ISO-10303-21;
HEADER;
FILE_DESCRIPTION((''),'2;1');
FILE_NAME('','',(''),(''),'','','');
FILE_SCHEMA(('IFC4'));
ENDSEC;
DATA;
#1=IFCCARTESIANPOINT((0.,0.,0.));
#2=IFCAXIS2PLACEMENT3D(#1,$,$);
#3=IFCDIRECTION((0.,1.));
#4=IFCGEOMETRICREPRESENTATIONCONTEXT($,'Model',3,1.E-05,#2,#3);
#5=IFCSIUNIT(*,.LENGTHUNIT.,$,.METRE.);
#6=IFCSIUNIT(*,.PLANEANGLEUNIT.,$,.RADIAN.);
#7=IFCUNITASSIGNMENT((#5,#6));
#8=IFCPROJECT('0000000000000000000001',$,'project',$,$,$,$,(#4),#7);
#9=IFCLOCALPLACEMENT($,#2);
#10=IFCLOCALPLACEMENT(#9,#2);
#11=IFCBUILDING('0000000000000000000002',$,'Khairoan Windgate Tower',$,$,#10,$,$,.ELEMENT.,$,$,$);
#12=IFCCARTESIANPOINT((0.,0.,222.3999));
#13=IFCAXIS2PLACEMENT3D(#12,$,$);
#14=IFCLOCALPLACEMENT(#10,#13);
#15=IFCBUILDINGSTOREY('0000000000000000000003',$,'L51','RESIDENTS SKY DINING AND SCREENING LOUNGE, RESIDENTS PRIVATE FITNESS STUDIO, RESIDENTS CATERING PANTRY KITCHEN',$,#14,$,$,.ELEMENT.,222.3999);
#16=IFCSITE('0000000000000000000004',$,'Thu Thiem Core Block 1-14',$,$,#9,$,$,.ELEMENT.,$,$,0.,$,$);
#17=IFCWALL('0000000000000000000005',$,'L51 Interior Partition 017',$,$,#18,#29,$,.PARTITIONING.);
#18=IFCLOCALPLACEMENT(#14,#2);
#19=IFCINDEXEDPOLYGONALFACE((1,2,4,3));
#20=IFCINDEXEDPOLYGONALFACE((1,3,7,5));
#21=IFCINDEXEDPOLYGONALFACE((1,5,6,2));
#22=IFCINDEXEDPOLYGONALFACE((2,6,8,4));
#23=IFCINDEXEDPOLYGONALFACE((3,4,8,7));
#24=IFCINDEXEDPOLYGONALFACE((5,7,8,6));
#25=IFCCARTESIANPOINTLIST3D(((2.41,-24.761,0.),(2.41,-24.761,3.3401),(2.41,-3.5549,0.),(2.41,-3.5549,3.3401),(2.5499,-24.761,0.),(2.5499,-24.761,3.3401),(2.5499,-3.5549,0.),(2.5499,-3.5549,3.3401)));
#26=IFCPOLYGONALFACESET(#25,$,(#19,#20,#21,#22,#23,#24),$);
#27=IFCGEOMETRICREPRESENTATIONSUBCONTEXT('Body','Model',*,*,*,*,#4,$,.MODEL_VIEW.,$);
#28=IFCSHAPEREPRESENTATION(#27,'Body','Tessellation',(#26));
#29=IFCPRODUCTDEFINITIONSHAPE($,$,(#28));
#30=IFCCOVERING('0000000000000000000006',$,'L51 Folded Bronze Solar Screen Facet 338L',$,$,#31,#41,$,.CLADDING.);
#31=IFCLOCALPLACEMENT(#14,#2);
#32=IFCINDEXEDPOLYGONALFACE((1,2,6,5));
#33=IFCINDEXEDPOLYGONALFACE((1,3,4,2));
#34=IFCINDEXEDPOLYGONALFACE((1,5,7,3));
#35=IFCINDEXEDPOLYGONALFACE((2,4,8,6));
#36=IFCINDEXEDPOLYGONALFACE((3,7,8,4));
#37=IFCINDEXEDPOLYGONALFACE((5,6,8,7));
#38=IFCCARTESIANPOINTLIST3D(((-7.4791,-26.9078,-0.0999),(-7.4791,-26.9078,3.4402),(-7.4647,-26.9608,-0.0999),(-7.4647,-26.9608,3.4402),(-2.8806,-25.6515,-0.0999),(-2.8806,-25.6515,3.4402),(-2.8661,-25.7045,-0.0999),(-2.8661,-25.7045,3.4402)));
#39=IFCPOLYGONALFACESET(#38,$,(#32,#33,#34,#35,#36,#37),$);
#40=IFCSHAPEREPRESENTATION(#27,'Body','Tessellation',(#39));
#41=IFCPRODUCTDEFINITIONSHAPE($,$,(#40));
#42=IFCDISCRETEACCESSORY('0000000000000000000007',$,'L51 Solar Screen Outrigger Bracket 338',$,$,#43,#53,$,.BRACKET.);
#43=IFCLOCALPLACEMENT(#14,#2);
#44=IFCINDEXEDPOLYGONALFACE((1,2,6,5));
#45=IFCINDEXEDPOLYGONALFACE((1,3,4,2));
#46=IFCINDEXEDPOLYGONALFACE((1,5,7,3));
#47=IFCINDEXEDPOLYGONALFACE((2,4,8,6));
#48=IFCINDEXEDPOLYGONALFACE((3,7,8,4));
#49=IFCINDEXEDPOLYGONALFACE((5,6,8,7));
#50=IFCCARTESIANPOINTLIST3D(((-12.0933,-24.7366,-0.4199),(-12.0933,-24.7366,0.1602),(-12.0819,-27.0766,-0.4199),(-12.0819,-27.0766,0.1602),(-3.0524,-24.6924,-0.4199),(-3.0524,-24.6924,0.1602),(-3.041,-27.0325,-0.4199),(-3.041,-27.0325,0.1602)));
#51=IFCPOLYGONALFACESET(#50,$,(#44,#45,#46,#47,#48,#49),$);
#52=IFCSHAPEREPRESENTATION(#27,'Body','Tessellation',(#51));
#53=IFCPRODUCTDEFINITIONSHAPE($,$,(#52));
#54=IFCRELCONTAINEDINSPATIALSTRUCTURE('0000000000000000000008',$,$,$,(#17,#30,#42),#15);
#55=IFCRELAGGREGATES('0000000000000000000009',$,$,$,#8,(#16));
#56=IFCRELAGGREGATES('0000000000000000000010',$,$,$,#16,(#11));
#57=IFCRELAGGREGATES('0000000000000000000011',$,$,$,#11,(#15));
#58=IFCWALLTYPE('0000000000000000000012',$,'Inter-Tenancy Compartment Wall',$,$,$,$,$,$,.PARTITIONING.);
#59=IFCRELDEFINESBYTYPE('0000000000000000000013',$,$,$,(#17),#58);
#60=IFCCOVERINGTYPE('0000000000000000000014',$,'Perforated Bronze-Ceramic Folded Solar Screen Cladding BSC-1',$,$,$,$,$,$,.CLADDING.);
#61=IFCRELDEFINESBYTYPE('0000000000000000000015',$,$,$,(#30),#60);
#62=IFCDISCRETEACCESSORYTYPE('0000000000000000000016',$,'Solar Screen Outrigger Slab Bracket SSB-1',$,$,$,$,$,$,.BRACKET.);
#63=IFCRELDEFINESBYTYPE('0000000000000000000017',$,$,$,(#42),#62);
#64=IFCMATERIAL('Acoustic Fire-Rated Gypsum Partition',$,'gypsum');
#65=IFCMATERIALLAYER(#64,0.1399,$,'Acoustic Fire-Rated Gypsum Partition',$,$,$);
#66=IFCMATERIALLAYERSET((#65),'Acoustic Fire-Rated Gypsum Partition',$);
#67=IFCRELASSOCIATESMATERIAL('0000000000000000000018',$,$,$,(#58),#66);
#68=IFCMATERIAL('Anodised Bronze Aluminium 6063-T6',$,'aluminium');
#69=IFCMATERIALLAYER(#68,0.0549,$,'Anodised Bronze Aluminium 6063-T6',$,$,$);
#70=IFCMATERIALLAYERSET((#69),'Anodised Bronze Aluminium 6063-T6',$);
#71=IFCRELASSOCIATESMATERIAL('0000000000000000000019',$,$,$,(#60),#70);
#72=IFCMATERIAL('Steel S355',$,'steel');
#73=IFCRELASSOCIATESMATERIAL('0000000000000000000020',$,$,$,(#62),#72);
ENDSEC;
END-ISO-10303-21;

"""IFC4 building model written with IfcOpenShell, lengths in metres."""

from ifc_helpers import new_model, si_unit, direction, frame, frame_2d, origin, origin_2d, place, context, subcontext, project, spatial, rectangle, extrude, material, layer, layer_set, type_object, element, save


model = new_model("IFC4")

# Units and contexts
model_context = context("Model", 3, precision=1e-05, world=origin(), true_north=direction((0.0, 1.0)))
body_context = subcontext(model_context, "Body", "Model", "MODEL_VIEW")
ifc_project = project(units=[si_unit("LENGTHUNIT", "METRE"), si_unit("PLANEANGLEUNIT", "RADIAN")], contexts=[model_context])

# Site, building, storey
site_placement = place(None, origin())
site = spatial("IfcSite", under=ifc_project, at=site_placement, Name="Thu Thiem Core Block 1-14", CompositionType="ELEMENT", RefElevation=0.0)
building_placement = place(site_placement, origin())
building = spatial("IfcBuilding", under=site, at=building_placement, Name="Khairoan Windgate Tower", CompositionType="ELEMENT")
storey_placement = place(building_placement, frame((0.0, 0.0, 222.3999)))
storey = spatial("IfcBuildingStorey", under=building, at=storey_placement, Name="L51", Description="RESIDENTS SKY DINING AND SCREENING LOUNGE, RESIDENTS PRIVATE FITNESS STUDIO, RESIDENTS CATERING PANTRY KITCHEN", CompositionType="ELEMENT", Elevation=222.3999)

# Wall
ifc_material_1 = material(Name="Acoustic Fire-Rated Gypsum Partition", Category="gypsum")
ifc_layer_1 = layer(ifc_material_1, 0.1399, Name="Acoustic Fire-Rated Gypsum Partition")
ifc_layer_set_1 = layer_set([ifc_layer_1], Name="Acoustic Fire-Rated Gypsum Partition")
wall_type = type_object("IfcWallType", Name="Inter-Tenancy Compartment Wall", PredefinedType="PARTITIONING", material=ifc_layer_set_1)
wall_placement = place(storey_placement, frame((2.48, -24.761, 0.0), z_axis=(0.0, 0.0, 1.0), x_axis=(0.0, 1.0, 0.0)))
element("IfcWall", 1, at=wall_placement, inside=storey, type_object=wall_type, Name="L51 Interior Partition 017", PredefinedType="PARTITIONING", context=body_context, shape_type="SweptSolid", body=[
    extrude(rectangle(XDim=21.2061, YDim=0.1399, at=frame_2d((10.603, 0.0))), origin(), (0.0, 0.0, 1.0), 3.3401),
])

# Covering
ifc_material_2 = material(Name="Anodised Bronze Aluminium 6063-T6", Category="aluminium")
ifc_layer_2 = layer(ifc_material_2, 0.0549, Name="Anodised Bronze Aluminium 6063-T6")
ifc_layer_set_2 = layer_set([ifc_layer_2], Name="Anodised Bronze Aluminium 6063-T6")
covering_type = type_object("IfcCoveringType", Name="Perforated Bronze-Ceramic Folded Solar Screen Cladding BSC-1", PredefinedType="CLADDING", material=ifc_layer_set_2)
covering_placement = place(storey_placement, frame((-5.1726, -26.3062, -0.0999), z_axis=(0.0, 0.0, 1.0), x_axis=(-0.964649, -0.263536, 0.0)))
element("IfcCovering", 2, at=covering_placement, inside=storey, type_object=covering_type, Name="L51 Folded Bronze Solar Screen Facet 338L", PredefinedType="CLADDING", context=body_context, shape_type="SweptSolid", body=[
    extrude(rectangle(XDim=4.7671, YDim=0.0549, at=origin_2d()), origin(), (0.0, 0.0, 1.0), 3.54),
])

# Discrete accessory
ifc_material_3 = material(Name="Steel S355", Category="steel")
discrete_accessory_type = type_object("IfcDiscreteAccessoryType", Name="Solar Screen Outrigger Slab Bracket SSB-1", PredefinedType="BRACKET", material=ifc_material_3)
discrete_accessory_placement = place(storey_placement, frame((-7.5671, -25.8845, -0.4199), z_axis=(0.0, 0.0, 1.0), x_axis=(-0.999988, -0.004887, 0.0)))
element("IfcDiscreteAccessory", 3, at=discrete_accessory_placement, inside=storey, type_object=discrete_accessory_type, Name="L51 Solar Screen Outrigger Bracket 338", PredefinedType="BRACKET", context=body_context, shape_type="SweptSolid", body=[
    extrude(rectangle(XDim=9.041, YDim=2.3401, at=origin_2d()), origin(), (0.0, 0.0, 1.0), 0.5801),
])

save(model, "model.ifc")
